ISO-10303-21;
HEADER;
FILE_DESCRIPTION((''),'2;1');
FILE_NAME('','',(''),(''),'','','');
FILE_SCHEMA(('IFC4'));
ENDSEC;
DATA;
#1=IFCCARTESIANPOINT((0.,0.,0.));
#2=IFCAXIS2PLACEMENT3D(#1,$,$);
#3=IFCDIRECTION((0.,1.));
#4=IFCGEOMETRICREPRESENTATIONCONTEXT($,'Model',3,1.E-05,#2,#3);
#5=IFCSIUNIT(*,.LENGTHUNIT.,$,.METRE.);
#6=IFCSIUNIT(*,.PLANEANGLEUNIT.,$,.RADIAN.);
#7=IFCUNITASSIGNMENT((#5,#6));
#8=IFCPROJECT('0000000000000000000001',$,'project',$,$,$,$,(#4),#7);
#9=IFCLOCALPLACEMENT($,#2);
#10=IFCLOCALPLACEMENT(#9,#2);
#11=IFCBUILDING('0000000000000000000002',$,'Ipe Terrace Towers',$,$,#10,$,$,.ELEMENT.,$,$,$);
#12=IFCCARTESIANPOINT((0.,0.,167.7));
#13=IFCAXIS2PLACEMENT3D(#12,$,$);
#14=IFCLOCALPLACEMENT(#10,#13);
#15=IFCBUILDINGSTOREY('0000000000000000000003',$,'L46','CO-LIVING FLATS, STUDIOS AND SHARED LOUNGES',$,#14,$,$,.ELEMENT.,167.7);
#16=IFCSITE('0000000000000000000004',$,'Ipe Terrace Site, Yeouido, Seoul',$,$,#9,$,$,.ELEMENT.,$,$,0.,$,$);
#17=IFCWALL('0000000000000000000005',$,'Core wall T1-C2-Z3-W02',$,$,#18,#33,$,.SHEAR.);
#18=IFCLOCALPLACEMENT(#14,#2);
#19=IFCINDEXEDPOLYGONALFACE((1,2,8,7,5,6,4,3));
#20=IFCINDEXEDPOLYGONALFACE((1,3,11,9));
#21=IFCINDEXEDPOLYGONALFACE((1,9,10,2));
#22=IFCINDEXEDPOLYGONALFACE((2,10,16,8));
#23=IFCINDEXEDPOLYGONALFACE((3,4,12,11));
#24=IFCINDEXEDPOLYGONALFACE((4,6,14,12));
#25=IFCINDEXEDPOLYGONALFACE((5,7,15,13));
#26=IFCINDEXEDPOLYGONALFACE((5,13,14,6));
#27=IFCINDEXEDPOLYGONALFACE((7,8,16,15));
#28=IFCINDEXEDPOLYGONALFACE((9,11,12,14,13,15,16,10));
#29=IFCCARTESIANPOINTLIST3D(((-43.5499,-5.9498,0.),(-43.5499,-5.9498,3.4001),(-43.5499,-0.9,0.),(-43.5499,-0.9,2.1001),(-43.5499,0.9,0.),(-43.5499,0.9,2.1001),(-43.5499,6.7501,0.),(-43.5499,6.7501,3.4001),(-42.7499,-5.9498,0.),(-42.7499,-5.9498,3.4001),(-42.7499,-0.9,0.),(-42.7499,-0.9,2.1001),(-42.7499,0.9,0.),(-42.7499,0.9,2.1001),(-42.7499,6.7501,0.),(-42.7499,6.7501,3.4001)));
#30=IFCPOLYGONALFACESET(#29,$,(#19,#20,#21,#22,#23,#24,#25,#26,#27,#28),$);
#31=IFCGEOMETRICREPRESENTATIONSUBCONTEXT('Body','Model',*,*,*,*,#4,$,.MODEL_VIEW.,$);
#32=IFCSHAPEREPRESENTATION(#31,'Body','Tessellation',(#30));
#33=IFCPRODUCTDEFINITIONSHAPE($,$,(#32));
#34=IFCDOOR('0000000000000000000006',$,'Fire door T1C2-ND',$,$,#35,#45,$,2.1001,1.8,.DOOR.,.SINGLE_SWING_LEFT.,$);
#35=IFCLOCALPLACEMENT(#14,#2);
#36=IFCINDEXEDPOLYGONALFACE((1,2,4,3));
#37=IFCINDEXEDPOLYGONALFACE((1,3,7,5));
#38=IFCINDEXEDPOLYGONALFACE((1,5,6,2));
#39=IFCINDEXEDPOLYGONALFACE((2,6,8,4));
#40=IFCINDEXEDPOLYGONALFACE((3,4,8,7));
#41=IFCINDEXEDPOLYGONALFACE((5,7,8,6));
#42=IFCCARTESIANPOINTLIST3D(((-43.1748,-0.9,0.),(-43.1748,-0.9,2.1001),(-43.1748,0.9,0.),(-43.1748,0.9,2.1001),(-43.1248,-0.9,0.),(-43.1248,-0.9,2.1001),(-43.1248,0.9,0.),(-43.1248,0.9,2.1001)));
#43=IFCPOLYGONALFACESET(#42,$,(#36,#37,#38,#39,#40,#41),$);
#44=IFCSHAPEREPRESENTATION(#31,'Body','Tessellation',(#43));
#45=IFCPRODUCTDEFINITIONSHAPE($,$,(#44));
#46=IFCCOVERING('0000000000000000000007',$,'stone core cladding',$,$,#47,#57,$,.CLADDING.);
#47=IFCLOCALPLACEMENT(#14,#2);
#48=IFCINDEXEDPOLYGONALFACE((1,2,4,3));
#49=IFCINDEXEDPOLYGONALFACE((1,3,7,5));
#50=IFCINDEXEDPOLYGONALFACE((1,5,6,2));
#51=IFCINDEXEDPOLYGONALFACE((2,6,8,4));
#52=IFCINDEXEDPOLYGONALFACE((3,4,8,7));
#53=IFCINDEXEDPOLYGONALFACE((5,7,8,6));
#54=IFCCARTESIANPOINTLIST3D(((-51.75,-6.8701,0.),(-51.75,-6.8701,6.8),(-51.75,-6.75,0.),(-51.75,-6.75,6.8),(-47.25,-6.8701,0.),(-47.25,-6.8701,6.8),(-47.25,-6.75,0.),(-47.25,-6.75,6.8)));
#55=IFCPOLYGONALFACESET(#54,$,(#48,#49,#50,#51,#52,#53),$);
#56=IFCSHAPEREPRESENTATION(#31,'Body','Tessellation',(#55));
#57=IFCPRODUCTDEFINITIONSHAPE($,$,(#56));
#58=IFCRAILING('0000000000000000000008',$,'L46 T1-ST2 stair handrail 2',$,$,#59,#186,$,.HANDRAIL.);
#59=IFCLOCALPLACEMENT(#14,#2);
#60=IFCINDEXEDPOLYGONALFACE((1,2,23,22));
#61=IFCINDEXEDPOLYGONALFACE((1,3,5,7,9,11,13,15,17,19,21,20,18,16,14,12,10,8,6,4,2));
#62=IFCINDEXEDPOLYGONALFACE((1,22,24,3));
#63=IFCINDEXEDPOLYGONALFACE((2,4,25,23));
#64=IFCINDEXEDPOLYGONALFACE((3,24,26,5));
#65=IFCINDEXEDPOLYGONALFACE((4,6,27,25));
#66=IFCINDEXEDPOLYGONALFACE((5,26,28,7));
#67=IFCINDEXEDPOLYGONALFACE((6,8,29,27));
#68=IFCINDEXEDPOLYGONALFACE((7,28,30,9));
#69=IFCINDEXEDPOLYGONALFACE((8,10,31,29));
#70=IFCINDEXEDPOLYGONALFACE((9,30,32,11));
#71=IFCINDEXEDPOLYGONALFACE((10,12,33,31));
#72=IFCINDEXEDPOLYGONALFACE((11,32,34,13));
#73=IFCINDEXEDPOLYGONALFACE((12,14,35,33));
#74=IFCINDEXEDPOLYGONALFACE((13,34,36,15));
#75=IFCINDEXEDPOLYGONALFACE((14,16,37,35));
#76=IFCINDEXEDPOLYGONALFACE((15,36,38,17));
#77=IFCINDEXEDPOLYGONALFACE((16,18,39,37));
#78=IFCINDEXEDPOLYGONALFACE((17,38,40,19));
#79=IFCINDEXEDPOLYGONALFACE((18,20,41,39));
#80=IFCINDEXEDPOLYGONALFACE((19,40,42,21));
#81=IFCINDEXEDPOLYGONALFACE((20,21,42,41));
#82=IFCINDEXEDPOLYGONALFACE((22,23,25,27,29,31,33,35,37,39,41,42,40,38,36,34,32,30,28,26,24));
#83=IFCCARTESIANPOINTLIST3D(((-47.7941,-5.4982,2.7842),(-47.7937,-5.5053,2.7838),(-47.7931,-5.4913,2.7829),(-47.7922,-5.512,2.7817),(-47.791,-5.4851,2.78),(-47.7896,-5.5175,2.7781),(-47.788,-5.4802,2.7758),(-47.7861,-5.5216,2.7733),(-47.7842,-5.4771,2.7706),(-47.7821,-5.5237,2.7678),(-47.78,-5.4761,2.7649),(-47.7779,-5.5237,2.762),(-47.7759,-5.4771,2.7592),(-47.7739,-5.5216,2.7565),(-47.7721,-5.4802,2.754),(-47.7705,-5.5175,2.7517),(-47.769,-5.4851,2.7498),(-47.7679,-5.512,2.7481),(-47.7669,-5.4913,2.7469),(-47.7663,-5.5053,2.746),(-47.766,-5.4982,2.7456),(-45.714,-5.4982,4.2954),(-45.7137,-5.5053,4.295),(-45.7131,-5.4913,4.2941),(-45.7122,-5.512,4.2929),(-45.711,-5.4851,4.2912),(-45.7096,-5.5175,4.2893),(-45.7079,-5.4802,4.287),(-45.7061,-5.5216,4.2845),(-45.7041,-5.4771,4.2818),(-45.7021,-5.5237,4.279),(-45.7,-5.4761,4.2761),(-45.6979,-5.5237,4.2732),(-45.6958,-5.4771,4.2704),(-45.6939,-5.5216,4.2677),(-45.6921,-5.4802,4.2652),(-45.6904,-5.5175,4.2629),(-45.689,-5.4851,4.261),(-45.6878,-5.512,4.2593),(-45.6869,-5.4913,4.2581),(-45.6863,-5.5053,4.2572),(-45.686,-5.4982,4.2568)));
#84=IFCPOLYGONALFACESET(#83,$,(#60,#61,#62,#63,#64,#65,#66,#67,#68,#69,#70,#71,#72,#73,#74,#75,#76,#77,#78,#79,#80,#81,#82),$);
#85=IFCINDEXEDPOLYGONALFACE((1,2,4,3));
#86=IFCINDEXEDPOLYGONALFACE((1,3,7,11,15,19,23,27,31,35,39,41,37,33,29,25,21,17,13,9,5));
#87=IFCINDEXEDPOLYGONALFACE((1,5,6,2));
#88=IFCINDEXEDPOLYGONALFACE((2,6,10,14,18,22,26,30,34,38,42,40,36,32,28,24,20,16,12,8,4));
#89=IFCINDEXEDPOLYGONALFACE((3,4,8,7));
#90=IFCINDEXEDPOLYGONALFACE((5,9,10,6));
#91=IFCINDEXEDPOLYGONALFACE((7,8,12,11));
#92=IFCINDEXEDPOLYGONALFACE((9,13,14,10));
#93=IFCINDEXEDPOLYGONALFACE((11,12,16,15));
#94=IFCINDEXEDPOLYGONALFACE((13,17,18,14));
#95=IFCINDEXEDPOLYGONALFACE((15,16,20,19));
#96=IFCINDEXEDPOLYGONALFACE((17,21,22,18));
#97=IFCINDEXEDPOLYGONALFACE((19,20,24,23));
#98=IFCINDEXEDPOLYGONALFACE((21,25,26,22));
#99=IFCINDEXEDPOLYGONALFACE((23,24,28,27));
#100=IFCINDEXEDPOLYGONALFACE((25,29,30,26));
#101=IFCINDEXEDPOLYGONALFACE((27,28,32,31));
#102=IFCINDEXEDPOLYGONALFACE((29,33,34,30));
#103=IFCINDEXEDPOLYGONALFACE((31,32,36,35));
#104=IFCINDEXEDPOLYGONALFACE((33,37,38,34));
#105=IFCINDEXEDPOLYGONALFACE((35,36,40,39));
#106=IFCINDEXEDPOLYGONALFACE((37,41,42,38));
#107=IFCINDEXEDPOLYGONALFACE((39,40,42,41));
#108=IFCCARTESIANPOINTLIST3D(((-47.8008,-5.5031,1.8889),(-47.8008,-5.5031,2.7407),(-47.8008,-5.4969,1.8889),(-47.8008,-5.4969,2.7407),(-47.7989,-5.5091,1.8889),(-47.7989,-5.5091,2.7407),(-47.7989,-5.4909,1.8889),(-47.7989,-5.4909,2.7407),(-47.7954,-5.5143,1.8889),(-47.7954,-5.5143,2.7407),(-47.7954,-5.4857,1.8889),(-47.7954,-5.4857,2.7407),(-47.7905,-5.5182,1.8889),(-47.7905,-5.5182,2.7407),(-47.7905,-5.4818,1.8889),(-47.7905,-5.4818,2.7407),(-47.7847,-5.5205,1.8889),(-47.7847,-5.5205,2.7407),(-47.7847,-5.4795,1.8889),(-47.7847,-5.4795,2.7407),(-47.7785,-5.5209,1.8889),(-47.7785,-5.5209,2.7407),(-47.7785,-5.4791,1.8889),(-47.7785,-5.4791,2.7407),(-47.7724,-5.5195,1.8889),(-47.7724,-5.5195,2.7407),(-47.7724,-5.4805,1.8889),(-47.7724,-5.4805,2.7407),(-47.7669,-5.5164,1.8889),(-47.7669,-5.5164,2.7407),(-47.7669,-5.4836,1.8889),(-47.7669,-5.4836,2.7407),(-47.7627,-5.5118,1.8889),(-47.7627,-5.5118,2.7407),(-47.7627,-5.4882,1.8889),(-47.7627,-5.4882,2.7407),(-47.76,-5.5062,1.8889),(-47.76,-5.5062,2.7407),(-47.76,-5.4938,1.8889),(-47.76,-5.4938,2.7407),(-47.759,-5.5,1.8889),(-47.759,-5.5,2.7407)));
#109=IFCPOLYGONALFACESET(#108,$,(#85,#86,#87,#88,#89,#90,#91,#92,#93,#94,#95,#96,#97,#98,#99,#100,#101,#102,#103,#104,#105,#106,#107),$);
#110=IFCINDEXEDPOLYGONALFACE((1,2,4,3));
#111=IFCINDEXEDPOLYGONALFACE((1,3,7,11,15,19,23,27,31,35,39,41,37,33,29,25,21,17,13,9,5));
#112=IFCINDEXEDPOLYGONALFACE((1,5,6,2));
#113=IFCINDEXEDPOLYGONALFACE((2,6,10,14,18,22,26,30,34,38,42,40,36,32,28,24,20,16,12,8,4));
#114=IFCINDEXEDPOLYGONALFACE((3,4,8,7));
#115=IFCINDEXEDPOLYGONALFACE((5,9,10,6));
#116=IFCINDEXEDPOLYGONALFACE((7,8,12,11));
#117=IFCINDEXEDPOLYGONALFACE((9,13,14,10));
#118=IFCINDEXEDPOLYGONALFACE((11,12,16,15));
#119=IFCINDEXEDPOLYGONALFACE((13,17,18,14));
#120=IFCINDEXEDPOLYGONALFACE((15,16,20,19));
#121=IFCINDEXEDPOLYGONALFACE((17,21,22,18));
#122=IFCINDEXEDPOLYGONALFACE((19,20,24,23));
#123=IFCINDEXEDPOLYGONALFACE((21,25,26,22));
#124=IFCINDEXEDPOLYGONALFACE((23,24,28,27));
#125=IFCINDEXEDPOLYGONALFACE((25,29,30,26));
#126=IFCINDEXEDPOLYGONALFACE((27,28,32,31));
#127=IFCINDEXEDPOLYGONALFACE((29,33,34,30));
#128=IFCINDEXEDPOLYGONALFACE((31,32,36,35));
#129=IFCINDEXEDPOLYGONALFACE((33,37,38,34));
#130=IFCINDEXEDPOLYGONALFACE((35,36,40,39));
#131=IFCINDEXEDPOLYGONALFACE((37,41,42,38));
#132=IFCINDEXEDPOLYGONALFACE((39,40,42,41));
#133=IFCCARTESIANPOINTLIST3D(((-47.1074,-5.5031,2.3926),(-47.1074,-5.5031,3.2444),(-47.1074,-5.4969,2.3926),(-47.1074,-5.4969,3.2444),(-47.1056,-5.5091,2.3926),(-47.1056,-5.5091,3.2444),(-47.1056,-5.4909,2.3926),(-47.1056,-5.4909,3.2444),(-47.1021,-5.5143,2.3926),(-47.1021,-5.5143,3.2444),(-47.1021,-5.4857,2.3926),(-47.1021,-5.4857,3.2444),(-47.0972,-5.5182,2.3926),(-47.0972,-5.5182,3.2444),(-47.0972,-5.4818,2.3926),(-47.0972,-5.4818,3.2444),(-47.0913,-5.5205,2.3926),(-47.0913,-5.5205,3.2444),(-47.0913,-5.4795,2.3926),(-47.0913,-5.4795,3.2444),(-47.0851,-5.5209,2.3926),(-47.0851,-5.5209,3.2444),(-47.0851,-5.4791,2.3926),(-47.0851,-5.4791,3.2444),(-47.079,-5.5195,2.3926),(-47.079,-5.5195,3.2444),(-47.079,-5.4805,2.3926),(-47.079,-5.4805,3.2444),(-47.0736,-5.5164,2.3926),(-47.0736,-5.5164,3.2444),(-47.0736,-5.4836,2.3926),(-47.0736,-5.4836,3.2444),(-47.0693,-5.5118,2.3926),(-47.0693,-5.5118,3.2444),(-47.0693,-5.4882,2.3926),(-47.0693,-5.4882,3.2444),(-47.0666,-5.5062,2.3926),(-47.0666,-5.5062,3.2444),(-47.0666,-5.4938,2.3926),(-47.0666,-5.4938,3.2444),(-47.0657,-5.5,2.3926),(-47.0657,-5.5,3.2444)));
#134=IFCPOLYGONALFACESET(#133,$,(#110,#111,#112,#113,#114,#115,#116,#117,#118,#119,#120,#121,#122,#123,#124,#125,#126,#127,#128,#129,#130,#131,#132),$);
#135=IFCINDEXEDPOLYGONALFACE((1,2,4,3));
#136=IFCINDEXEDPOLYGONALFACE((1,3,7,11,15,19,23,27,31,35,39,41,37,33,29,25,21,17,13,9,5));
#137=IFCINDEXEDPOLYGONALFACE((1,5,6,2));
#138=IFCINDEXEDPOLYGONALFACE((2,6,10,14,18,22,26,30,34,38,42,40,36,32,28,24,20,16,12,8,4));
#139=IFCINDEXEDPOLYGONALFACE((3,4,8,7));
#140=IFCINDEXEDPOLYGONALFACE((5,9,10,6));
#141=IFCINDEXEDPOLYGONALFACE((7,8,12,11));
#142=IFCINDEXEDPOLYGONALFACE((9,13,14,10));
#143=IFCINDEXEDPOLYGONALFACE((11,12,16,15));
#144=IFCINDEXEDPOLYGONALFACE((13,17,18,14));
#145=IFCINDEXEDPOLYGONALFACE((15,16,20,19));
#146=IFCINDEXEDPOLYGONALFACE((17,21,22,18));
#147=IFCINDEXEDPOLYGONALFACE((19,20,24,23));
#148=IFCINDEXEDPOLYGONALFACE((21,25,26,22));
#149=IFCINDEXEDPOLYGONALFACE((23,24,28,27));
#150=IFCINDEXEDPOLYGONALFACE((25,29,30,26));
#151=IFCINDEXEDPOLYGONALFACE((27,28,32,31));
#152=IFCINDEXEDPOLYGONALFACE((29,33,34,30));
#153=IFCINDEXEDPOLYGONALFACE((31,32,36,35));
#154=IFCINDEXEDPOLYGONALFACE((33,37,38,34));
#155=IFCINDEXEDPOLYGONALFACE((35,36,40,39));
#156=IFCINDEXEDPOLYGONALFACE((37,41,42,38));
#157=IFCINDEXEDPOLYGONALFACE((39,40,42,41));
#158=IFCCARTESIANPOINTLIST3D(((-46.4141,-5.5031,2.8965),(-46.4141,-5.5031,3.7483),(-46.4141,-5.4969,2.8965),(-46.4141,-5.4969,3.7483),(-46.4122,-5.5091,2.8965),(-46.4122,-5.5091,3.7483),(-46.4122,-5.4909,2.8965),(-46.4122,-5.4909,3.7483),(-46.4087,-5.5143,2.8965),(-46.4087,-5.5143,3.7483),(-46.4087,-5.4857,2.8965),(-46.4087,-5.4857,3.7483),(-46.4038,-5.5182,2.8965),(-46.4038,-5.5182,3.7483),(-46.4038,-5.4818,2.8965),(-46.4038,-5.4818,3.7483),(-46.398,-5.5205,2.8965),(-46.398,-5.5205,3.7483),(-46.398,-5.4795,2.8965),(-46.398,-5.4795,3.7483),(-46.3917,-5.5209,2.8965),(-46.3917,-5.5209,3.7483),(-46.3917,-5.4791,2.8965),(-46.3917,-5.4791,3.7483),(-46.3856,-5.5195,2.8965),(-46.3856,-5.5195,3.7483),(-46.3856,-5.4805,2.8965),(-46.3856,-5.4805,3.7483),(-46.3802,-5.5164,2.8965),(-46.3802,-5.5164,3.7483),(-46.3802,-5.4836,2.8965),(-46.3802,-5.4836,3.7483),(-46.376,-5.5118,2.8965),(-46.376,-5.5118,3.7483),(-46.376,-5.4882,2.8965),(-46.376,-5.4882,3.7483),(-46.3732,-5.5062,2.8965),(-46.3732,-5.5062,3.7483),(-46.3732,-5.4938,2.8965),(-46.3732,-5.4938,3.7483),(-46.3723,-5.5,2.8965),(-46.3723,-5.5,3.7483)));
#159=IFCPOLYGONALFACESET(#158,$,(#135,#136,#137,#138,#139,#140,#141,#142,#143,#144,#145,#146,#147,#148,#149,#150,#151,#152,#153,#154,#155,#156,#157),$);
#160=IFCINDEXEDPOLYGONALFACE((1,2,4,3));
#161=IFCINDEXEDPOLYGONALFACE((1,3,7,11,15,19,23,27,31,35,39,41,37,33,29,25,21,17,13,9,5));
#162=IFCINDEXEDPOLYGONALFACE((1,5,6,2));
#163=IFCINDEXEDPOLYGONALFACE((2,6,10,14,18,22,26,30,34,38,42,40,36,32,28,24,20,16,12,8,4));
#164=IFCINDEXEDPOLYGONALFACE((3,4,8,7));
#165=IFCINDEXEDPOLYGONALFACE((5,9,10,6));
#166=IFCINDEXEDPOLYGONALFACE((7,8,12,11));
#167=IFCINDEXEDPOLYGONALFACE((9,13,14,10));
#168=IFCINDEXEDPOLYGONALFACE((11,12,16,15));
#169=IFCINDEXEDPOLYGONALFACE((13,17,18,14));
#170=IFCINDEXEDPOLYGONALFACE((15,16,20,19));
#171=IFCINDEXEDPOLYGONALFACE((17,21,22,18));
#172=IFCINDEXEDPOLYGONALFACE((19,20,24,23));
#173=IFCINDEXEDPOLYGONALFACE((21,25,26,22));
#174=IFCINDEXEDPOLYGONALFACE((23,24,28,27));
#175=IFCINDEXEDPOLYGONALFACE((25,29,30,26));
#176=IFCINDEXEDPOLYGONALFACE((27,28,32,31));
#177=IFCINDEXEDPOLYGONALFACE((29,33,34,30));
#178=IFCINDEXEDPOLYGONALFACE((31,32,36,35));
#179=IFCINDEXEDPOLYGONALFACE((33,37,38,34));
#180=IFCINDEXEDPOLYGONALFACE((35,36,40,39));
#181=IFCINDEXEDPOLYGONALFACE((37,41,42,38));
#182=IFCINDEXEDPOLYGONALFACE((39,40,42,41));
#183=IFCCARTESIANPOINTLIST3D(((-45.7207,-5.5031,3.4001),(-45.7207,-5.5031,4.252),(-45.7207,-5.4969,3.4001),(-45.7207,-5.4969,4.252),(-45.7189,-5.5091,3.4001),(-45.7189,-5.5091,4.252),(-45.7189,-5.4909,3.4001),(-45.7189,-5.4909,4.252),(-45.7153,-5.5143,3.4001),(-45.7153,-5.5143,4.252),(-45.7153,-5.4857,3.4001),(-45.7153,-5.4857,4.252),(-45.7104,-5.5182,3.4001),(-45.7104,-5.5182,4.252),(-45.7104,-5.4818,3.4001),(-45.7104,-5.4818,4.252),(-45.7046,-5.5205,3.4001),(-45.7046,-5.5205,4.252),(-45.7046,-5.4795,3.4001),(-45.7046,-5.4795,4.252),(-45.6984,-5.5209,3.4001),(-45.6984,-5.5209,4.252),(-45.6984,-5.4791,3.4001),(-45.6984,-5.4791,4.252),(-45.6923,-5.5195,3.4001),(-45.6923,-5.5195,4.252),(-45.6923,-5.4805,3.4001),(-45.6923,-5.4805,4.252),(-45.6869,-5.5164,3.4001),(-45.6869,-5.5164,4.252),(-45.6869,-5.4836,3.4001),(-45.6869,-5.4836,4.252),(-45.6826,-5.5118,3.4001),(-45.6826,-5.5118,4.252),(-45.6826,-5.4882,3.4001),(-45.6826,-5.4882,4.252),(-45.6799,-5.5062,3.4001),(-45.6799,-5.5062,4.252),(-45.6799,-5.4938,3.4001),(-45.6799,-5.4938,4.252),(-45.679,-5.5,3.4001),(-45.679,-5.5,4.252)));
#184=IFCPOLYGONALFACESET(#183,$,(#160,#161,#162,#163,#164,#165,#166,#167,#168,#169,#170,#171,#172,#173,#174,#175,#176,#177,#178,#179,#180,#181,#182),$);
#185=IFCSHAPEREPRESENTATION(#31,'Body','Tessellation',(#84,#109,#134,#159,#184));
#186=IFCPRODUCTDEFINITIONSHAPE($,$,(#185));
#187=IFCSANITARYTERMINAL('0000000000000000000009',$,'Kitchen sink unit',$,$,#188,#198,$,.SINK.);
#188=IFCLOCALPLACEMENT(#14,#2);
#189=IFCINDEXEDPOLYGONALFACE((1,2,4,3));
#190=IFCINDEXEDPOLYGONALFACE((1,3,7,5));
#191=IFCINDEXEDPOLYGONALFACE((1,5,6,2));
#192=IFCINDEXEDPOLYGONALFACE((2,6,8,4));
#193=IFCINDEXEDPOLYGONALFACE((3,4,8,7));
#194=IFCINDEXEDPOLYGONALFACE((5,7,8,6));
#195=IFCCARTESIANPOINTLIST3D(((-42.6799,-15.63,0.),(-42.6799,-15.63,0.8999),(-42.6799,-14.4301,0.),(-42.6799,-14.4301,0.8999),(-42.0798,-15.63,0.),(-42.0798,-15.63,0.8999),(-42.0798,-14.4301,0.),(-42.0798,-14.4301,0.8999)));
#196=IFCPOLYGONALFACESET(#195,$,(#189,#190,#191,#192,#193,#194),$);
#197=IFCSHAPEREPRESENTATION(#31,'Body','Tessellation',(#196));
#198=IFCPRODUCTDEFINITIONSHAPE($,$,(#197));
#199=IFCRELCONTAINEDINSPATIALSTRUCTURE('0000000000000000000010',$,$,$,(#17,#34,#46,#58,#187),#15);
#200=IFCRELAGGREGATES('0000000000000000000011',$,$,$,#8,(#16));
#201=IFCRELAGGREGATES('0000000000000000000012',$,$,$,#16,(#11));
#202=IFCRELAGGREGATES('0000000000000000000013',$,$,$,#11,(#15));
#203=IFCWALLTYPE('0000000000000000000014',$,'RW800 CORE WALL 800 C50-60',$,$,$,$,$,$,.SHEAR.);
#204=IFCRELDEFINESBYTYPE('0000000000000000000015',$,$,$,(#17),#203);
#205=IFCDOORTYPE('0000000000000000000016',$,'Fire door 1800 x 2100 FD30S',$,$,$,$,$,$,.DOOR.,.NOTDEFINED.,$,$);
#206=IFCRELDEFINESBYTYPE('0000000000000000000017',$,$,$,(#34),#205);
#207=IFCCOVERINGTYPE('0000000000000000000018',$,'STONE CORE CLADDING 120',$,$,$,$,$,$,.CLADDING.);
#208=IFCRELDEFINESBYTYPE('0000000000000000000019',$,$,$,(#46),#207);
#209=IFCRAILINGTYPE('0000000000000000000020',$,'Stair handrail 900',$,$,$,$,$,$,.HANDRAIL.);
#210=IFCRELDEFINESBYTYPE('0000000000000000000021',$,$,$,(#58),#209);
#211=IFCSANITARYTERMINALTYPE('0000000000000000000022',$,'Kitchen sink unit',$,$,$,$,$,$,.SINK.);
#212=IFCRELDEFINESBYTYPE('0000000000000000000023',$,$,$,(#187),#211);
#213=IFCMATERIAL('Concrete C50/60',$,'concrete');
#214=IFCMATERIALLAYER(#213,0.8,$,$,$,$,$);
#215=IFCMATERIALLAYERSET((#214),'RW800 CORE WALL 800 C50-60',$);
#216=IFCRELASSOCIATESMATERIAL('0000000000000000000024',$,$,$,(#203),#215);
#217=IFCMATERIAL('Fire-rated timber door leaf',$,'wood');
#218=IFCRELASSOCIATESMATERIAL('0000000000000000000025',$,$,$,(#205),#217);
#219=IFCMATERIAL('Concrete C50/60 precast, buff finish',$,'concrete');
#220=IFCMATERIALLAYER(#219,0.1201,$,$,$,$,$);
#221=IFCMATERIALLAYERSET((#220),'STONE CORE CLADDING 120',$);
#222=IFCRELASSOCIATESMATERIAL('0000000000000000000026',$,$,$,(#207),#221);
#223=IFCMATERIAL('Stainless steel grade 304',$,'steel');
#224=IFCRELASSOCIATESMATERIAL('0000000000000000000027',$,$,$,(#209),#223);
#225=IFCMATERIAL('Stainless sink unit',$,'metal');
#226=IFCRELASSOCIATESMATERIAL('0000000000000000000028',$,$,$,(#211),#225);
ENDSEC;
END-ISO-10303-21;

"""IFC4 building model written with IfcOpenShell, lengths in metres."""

from ifc_helpers import new_model, si_unit, direction, frame, frame_2d, origin, origin_2d, place, context, subcontext, project, spatial, rectangle, circle, extrude, material, layer, layer_set, type_object, element, fill, save


model = new_model("IFC4")

# Units and contexts
model_context = context("Model", 3, precision=1e-05, world=origin(), true_north=direction((0.0, 1.0)))
body_context = subcontext(model_context, "Body", "Model", "MODEL_VIEW")
ifc_project = project(units=[si_unit("LENGTHUNIT", "METRE"), si_unit("PLANEANGLEUNIT", "RADIAN")], contexts=[model_context])

# Site, building, storey
site_placement = place(None, origin())
site = spatial("IfcSite", under=ifc_project, at=site_placement, Name="Ipe Terrace Site, Yeouido, Seoul", CompositionType="ELEMENT", RefElevation=0.0)
building_placement = place(site_placement, origin())
building = spatial("IfcBuilding", under=site, at=building_placement, Name="Ipe Terrace Towers", CompositionType="ELEMENT")
storey_placement = place(building_placement, frame((0.0, 0.0, 167.7)))
storey = spatial("IfcBuildingStorey", under=building, at=storey_placement, Name="L46", Description="CO-LIVING FLATS, STUDIOS AND SHARED LOUNGES", CompositionType="ELEMENT", Elevation=167.7)

# Shared definitions
ifc_material_1 = material(Name="Concrete C50/60", Category="concrete")
ifc_layer_1 = layer(ifc_material_1, 0.8)
ifc_layer_set_1 = layer_set([ifc_layer_1], Name="RW800 CORE WALL 800 C50-60")
wall_type_1 = type_object("IfcWallType", Name="RW800 CORE WALL 800 C50-60", PredefinedType="SHEAR", material=ifc_layer_set_1)

# Wall, opening, door
wall_1_placement = place(storey_placement, frame((-43.1499, -5.95, 0.0), z_axis=(0.0, 0.0, 1.0), x_axis=(0.0, 1.0, 0.0)))
wall_1 = element("IfcWall", 1, at=wall_1_placement, inside=storey, type_object=wall_type_1, Name="Core wall T1-C2-Z3-W02", PredefinedType="SHEAR", context=body_context, shape_type="SweptSolid", body=[
    extrude(rectangle(XDim=12.7, YDim=0.8, at=frame_2d((6.3501, 0.0))), origin(), (0.0, 0.0, 1.0), 3.4001),
])
opening_1_placement = place(wall_1_placement, frame((5.05, 0.0, 0.0)))
opening_1 = element("IfcOpeningElement", 2, at=opening_1_placement, cuts=wall_1, PredefinedType="OPENING", context=body_context, shape_type="SweptSolid", body=[
    extrude(rectangle(XDim=1.8, YDim=2.1001, at=frame_2d((0.8999, 1.05))), frame((0.0, 0.4102, 0.0), z_axis=(0.0, -1.0, 0.0), x_axis=(1.0, 0.0, 0.0)), (0.0, 0.0, 1.0), 0.8201),
])
ifc_material_2 = material(Name="Fire-rated timber door leaf", Category="wood")
door_type_1 = type_object("IfcDoorType", Name="Fire door 1800 x 2100 FD30S", OperationType="NOTDEFINED", PredefinedType="DOOR", material=ifc_material_2)
door_1_placement = place(opening_1_placement, origin())
door_1 = element("IfcDoor", 3, at=door_1_placement, inside=storey, type_object=door_type_1, Name="Fire door T1C2-ND", OperationType="SINGLE_SWING_LEFT", OverallHeight=2.1001, OverallWidth=1.8, PredefinedType="DOOR", context=body_context, shape_type="SweptSolid", body=[
    extrude(rectangle(XDim=1.8, YDim=2.1001, at=frame_2d((0.8999, 1.05))), frame((0.0, 0.0249, 0.0), z_axis=(0.0, -1.0, 0.0), x_axis=(1.0, 0.0, 0.0)), (0.0, 0.0, 1.0), 0.05),
])
fill(opening_1, door_1)

# Covering
ifc_material_3 = material(Name="Concrete C50/60 precast, buff finish", Category="concrete")
ifc_layer_2 = layer(ifc_material_3, 0.1201)
ifc_layer_set_2 = layer_set([ifc_layer_2], Name="STONE CORE CLADDING 120")
covering_type = type_object("IfcCoveringType", Name="STONE CORE CLADDING 120", PredefinedType="CLADDING", material=ifc_layer_set_2)
covering_placement = place(storey_placement, frame((-49.5, -6.8101, 0.0), z_axis=(0.0, 0.0, 1.0), x_axis=(1.0, 0.0, 0.0)))
element("IfcCovering", 4, at=covering_placement, inside=storey, type_object=covering_type, Name="stone core cladding", PredefinedType="CLADDING", context=body_context, shape_type="SweptSolid", body=[
    extrude(rectangle(XDim=4.5, YDim=0.1201, at=origin_2d()), origin(), (0.0, 0.0, 1.0), 6.8),
])

# Railing
ifc_material_4 = material(Name="Stainless steel grade 304", Category="steel")
railing_type_1 = type_object("IfcRailingType", Name="Stair handrail 900", PredefinedType="HANDRAIL", material=ifc_material_4)
railing_1_placement = place(storey_placement, frame((-47.78, -5.5, 1.8889)))
element("IfcRailing", 5, at=railing_1_placement, inside=storey, type_object=railing_type_1, Name="L46 T1-ST2 stair handrail 2", PredefinedType="HANDRAIL", context=body_context, shape_type="SweptSolid", body=[
    extrude(circle(Radius=0.0239, at=origin_2d()), frame((0.0, 0.0, 0.876), z_axis=(0.809023, 0.0, 0.587776), x_axis=(0.0, 1.0, 0.0)), (0.0, 0.0, 1.0), 2.571),
    extrude(circle(Radius=0.021, at=origin_2d()), origin(), (0.0, 0.0, 1.0), 0.8518),
    extrude(circle(Radius=0.021, at=origin_2d()), frame((0.6934, 0.0, 0.5037)), (0.0, 0.0, 1.0), 0.8518),
    extrude(circle(Radius=0.021, at=origin_2d()), frame((1.3867, 0.0, 1.0076)), (0.0, 0.0, 1.0), 0.8518),
    extrude(circle(Radius=0.021, at=origin_2d()), frame((2.0801, 0.0, 1.5112)), (0.0, 0.0, 1.0), 0.8518),
])

# Sanitary terminal
ifc_material_5 = material(Name="Stainless sink unit", Category="metal")
sanitary_terminal_type = type_object("IfcSanitaryTerminalType", Name="Kitchen sink unit", PredefinedType="SINK", material=ifc_material_5)
sanitary_terminal_placement = place(storey_placement, frame((-42.3799, -15.03, 0.0), z_axis=(0.0, 0.0, 1.0), x_axis=(0.0, 1.0, 0.0)))
element("IfcSanitaryTerminal", 6, at=sanitary_terminal_placement, inside=storey, type_object=sanitary_terminal_type, Name="Kitchen sink unit", PredefinedType="SINK", context=body_context, shape_type="SweptSolid", body=[
    extrude(rectangle(XDim=1.2, YDim=0.6001, at=origin_2d()), origin(), (0.0, 0.0, 1.0), 0.8999),
])

save(model, "model.ifc")
